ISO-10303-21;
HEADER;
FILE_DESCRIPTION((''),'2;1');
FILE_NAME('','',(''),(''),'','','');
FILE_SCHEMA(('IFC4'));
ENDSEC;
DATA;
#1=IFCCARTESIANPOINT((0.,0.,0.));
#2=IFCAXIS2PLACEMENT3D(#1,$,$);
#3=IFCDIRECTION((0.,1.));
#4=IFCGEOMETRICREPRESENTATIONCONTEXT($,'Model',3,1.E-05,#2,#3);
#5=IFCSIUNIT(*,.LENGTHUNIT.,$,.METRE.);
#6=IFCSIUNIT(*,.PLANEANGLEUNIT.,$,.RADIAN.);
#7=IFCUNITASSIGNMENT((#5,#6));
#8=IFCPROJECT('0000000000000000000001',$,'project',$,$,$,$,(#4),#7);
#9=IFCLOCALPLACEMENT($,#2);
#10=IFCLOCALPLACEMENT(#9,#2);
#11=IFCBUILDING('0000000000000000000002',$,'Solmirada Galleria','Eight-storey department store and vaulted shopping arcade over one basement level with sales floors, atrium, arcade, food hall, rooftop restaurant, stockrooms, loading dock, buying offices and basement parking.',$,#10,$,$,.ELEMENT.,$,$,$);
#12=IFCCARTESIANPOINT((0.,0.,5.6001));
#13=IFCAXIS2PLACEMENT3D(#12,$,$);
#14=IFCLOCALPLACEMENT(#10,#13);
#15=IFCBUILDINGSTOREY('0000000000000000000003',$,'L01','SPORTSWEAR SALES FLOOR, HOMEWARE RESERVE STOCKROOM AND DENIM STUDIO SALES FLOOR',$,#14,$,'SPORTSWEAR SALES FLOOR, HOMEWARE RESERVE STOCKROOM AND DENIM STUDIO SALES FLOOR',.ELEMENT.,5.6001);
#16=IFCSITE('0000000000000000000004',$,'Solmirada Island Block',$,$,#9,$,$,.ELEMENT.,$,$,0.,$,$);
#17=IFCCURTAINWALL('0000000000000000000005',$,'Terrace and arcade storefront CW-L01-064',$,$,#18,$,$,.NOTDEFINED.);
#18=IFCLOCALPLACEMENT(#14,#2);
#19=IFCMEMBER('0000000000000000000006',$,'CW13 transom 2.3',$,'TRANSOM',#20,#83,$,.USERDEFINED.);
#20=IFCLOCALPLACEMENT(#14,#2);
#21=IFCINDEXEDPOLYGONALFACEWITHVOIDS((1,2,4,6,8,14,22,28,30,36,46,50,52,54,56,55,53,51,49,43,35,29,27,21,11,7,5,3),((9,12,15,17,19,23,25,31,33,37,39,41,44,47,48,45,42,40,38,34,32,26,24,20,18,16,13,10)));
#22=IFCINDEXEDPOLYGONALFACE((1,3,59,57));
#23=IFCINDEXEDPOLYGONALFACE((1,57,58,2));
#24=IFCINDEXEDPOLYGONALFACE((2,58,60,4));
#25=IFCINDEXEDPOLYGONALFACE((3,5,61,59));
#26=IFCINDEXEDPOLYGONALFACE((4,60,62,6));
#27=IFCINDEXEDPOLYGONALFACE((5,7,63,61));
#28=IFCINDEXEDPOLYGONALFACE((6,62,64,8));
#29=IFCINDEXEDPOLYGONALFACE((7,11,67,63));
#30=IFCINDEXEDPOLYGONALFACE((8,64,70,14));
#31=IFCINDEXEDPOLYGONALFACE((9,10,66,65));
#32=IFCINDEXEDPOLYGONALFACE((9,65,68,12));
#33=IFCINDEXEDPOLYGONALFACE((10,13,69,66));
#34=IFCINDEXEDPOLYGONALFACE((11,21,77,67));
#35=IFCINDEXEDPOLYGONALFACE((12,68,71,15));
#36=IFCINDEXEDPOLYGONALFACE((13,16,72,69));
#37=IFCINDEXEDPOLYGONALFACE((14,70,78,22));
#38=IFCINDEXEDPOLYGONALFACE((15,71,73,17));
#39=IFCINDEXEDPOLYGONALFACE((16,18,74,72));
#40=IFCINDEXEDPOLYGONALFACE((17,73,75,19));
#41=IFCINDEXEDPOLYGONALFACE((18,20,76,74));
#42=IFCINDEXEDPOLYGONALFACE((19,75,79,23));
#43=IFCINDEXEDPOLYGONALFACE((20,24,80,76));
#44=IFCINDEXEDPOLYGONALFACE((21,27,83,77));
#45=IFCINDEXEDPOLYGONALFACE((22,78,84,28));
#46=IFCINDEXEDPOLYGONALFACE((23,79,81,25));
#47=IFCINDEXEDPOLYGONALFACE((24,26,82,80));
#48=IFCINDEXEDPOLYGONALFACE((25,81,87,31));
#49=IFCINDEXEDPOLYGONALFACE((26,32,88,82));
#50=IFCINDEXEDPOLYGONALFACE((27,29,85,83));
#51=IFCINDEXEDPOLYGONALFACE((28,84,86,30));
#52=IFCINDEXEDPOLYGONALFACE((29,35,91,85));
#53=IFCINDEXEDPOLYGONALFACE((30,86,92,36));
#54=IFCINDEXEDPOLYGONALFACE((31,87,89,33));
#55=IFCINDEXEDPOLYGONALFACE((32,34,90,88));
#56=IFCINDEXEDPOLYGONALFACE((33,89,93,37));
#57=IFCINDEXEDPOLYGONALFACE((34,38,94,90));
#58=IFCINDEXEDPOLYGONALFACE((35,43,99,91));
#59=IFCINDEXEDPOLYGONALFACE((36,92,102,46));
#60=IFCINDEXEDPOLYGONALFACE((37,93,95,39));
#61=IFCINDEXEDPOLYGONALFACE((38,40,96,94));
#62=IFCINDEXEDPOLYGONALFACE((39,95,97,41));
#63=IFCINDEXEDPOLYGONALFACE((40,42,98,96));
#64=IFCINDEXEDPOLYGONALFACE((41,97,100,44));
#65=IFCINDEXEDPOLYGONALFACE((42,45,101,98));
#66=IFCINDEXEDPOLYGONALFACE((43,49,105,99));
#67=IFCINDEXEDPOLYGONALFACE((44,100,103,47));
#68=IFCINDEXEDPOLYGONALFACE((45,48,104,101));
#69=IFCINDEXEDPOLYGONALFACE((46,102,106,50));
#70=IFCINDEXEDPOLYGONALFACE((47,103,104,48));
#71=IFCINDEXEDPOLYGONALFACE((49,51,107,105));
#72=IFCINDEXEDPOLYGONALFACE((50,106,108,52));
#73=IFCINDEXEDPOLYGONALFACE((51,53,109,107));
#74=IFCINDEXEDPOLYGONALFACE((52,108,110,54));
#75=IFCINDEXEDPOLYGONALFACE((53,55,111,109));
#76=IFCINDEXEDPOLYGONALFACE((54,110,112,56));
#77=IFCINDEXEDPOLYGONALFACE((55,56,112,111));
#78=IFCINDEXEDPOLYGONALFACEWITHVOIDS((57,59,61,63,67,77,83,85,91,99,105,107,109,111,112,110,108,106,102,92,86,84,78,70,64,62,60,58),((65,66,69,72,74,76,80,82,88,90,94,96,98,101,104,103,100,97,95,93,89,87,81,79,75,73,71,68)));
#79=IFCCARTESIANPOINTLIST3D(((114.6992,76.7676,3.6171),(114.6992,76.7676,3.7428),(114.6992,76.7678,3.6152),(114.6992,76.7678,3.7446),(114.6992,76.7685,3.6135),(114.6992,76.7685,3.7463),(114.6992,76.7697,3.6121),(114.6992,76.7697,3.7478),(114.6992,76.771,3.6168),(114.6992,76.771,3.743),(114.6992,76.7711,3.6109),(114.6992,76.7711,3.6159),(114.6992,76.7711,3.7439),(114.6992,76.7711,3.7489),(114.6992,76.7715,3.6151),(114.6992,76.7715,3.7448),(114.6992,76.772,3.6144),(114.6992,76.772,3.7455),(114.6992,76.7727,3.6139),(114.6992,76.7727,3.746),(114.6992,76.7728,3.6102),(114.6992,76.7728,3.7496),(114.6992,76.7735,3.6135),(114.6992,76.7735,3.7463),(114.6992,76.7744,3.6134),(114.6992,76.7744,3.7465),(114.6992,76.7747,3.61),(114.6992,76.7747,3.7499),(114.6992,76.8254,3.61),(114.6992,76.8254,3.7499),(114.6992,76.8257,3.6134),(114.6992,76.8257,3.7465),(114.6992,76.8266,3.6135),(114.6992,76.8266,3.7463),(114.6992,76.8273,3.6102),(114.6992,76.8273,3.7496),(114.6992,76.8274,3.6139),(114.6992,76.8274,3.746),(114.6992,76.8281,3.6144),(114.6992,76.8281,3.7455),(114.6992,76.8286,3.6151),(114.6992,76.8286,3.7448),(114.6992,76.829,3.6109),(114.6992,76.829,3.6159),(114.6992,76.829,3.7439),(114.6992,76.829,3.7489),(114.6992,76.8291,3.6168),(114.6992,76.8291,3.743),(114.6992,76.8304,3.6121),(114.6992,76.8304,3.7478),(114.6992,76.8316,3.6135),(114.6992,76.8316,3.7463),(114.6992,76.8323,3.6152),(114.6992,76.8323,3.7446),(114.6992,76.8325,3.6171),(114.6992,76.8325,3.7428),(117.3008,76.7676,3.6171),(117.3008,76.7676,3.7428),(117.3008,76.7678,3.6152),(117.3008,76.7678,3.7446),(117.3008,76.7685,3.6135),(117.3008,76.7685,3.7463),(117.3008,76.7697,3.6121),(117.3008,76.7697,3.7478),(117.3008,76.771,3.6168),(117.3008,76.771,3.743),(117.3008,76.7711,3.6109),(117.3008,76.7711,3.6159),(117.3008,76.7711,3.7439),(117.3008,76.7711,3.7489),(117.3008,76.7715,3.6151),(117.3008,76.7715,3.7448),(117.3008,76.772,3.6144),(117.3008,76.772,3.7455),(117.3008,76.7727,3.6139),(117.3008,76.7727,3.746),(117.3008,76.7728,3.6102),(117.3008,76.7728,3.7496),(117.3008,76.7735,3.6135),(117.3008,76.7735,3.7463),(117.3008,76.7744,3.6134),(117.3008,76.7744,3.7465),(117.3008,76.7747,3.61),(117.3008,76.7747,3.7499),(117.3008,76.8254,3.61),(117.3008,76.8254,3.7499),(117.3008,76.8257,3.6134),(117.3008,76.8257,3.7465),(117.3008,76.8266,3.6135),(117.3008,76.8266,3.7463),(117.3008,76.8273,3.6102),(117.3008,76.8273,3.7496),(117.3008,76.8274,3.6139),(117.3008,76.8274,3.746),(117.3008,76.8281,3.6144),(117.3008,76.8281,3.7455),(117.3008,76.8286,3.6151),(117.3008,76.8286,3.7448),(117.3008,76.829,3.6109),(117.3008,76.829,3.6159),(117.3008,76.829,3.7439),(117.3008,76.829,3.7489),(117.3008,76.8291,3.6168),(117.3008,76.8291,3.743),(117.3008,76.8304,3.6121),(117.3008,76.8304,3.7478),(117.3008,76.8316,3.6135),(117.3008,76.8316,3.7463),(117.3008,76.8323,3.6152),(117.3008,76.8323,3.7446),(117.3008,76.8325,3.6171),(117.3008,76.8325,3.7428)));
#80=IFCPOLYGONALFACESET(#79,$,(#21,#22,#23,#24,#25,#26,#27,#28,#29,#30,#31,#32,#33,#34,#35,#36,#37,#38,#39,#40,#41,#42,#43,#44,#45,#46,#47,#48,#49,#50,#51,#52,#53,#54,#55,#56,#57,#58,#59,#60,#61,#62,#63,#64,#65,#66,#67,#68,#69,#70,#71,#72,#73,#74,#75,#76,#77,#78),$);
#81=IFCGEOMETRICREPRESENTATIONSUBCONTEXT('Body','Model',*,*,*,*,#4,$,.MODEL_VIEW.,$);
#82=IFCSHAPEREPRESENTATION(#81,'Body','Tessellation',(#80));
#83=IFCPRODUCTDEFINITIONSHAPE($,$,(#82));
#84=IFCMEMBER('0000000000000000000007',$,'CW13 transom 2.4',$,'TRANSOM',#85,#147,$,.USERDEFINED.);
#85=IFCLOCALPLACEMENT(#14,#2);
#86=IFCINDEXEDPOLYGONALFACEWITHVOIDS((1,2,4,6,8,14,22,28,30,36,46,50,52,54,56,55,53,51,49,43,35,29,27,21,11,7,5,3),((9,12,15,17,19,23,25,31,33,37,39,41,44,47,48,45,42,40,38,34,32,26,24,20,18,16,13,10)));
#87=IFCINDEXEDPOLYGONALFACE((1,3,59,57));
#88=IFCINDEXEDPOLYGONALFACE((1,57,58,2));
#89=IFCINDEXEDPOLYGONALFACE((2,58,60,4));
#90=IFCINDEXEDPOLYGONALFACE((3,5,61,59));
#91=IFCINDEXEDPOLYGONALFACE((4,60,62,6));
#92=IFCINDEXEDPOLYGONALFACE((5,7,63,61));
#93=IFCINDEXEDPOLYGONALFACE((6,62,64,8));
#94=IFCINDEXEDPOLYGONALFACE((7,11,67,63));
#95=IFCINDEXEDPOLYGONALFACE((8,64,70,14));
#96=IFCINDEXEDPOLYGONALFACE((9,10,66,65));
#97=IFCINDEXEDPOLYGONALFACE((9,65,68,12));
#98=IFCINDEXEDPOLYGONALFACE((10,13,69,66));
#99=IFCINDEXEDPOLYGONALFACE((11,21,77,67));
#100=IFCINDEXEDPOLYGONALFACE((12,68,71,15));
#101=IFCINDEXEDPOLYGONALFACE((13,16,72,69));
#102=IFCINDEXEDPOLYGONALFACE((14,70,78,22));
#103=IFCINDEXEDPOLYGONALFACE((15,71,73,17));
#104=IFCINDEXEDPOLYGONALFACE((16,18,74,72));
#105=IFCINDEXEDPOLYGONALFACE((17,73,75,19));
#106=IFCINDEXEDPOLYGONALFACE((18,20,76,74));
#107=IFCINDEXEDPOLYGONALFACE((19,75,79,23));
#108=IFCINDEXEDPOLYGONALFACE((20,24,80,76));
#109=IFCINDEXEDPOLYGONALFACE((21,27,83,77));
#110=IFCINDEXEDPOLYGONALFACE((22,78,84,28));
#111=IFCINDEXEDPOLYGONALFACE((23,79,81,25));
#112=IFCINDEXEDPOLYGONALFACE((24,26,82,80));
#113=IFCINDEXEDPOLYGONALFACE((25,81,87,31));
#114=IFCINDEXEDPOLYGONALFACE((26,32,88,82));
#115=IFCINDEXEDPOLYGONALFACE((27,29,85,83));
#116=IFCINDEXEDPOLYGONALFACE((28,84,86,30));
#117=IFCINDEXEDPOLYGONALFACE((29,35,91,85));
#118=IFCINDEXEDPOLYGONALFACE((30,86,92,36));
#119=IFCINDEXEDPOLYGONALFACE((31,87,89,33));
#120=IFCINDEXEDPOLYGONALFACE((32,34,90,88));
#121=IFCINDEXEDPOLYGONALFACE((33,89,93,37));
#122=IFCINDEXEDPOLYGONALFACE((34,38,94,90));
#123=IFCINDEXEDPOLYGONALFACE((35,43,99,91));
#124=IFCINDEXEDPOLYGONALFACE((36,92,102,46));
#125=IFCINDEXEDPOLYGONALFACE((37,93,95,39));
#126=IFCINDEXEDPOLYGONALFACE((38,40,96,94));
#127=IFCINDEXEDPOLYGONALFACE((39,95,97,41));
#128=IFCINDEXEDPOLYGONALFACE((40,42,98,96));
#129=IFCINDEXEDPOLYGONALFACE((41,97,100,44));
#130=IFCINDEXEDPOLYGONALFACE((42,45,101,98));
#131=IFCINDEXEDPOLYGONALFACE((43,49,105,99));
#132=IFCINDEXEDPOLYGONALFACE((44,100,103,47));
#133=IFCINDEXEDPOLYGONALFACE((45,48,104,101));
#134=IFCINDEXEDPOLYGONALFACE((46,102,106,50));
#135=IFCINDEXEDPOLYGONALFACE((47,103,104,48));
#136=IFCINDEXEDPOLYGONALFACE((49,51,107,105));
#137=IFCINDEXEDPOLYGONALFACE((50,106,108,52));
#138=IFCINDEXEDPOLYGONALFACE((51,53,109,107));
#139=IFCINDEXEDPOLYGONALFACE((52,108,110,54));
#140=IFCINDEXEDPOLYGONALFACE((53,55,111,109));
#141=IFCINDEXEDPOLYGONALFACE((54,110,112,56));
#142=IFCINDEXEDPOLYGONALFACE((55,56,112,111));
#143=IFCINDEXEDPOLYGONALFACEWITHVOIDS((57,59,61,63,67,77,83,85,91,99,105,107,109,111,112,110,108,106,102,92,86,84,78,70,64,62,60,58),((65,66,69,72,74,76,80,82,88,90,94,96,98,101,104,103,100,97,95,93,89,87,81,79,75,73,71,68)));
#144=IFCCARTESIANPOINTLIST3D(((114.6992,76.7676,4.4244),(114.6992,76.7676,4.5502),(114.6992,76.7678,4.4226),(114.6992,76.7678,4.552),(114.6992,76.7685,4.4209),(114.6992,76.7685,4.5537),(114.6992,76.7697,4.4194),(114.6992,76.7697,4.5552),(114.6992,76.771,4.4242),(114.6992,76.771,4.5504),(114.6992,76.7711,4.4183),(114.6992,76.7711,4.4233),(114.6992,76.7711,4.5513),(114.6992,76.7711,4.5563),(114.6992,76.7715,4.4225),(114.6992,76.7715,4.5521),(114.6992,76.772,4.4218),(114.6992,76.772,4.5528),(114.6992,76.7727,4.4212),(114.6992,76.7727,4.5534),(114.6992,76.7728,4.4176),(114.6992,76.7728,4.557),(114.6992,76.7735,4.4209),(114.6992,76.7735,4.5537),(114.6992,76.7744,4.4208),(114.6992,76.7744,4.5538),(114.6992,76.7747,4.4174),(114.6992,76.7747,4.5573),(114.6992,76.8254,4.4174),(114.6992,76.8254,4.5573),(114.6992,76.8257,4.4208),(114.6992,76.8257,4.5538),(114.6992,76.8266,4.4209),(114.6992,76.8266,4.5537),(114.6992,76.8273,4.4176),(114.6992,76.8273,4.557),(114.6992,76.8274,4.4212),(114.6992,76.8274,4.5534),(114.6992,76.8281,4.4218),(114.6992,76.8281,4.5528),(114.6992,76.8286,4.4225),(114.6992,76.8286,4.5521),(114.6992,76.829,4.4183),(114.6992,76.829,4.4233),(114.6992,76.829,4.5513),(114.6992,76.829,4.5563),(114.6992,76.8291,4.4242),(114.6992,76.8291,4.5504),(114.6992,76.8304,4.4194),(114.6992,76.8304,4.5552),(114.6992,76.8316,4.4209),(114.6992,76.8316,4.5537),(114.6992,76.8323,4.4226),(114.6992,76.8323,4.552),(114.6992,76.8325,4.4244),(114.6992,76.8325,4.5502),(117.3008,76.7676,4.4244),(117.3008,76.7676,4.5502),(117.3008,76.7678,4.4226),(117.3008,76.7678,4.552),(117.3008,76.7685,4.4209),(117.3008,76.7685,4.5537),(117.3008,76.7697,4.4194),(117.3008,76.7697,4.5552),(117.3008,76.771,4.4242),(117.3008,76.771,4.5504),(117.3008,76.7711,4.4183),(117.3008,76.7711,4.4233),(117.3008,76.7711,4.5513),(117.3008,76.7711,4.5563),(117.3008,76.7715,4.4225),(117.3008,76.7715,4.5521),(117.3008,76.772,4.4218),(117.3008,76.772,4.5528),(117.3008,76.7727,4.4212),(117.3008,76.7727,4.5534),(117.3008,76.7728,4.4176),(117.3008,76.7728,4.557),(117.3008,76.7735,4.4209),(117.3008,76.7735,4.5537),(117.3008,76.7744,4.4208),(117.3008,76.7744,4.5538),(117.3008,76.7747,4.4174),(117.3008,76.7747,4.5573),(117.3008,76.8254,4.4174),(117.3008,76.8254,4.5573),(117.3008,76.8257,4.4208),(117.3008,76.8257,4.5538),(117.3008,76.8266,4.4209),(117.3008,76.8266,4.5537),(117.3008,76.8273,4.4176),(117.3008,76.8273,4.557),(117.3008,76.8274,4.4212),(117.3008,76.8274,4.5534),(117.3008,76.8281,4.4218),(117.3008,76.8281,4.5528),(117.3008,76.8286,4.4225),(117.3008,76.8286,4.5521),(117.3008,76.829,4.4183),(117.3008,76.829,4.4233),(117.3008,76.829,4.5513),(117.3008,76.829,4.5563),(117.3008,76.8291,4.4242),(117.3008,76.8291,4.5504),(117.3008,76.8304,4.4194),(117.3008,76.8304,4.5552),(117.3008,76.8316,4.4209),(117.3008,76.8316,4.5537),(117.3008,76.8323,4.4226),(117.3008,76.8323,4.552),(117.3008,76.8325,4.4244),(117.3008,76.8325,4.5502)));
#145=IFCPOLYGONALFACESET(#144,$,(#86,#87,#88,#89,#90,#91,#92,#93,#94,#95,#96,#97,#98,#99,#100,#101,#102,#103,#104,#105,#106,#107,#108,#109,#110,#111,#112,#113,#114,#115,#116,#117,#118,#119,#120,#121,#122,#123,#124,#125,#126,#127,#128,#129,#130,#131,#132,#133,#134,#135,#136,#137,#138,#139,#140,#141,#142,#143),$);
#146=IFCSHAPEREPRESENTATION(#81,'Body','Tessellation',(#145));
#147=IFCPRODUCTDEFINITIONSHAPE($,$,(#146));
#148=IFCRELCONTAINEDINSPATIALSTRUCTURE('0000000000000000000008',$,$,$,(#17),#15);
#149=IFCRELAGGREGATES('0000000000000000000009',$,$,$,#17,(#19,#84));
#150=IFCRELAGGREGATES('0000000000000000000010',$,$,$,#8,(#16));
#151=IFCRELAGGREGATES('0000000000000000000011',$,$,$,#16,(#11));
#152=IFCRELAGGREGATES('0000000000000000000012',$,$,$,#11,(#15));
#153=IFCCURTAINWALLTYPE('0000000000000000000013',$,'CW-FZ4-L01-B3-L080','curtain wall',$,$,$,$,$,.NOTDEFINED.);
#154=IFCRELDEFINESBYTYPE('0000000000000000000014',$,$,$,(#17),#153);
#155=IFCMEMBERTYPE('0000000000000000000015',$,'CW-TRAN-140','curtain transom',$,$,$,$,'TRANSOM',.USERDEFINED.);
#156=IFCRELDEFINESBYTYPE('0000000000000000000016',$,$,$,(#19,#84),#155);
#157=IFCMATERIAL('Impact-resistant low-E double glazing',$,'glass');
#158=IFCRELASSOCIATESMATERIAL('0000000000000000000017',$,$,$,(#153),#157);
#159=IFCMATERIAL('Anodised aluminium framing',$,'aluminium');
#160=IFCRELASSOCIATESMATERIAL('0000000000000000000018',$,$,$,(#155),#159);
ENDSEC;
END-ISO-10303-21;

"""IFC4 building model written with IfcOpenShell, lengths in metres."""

from ifc_helpers import new_model, si_unit, direction, frame, origin, origin_2d, place, context, subcontext, project, spatial, hollow_rectangle, extrude, material, material_profile, profile_set, type_object, element, aggregate, save


model = new_model("IFC4")

# Units and contexts
model_context = context("Model", 3, precision=1e-05, world=origin(), true_north=direction((0.0, 1.0)))
body_context = subcontext(model_context, "Body", "Model", "MODEL_VIEW")
ifc_project = project(units=[si_unit("LENGTHUNIT", "METRE"), si_unit("PLANEANGLEUNIT", "RADIAN")], contexts=[model_context])

# Site, building, storey
site_placement = place(None, origin())
site = spatial("IfcSite", under=ifc_project, at=site_placement, Name="Solmirada Island Block", CompositionType="ELEMENT", RefElevation=0.0)
building_placement = place(site_placement, origin())
building = spatial("IfcBuilding", under=site, at=building_placement, Name="Solmirada Galleria", Description="Eight-storey department store and vaulted shopping arcade over one basement level with sales floors, atrium, arcade, food hall, rooftop restaurant, stockrooms, loading dock, buying offices and basement parking.", CompositionType="ELEMENT")
storey_placement = place(building_placement, frame((0.0, 0.0, 5.6001)))
storey = spatial("IfcBuildingStorey", under=building, at=storey_placement, Name="L01", Description="SPORTSWEAR SALES FLOOR, HOMEWARE RESERVE STOCKROOM AND DENIM STUDIO SALES FLOOR", LongName="SPORTSWEAR SALES FLOOR, HOMEWARE RESERVE STOCKROOM AND DENIM STUDIO SALES FLOOR", CompositionType="ELEMENT", Elevation=5.6001)

# Curtain wall
ifc_material_1 = material(Name="Impact-resistant low-E double glazing", Category="glass")
curtain_wall_type_1 = type_object("IfcCurtainWallType", Name="CW-FZ4-L01-B3-L080", Description="curtain wall", PredefinedType="NOTDEFINED", material=ifc_material_1)
curtain_wall_1_placement = place(storey_placement, origin())
curtain_wall_1 = element("IfcCurtainWall", 1, at=curtain_wall_1_placement, inside=storey, type_object=curtain_wall_type_1, Name="Terrace and arcade storefront CW-L01-064", PredefinedType="NOTDEFINED")
ifc_material_2 = material(Name="Anodised aluminium framing", Category="aluminium")
ifc_material_profile_1 = material_profile(ifc_material_2, hollow_rectangle(XDim=0.0649, YDim=0.1399, WallThickness=0.0034, InnerFilletRadius=0.0034, OuterFilletRadius=0.0071, at=origin_2d()), Name="ALU-TRAN-140X65")
ifc_profile_set_1 = profile_set([ifc_material_profile_1], Name="Anodised aluminium framing")
member_type_1 = type_object("IfcMemberType", Name="CW-TRAN-140", Description="curtain transom", ElementType="TRANSOM", PredefinedType="USERDEFINED", material=ifc_profile_set_1)

# Members
member_1_placement = place(storey_placement, frame((117.3008, 76.8, 3.6799), z_axis=(-1.0, 0.0, 0.0), x_axis=(0.0, -1.0, 0.0)))
member_1 = element("IfcMember", 2, at=member_1_placement, type_object=member_type_1, Name="CW13 transom 2.3", ObjectType="TRANSOM", PredefinedType="USERDEFINED", context=body_context, shape_type="SweptSolid", body=[
    extrude(hollow_rectangle(XDim=0.0649, YDim=0.1399, WallThickness=0.0034, InnerFilletRadius=0.0034, OuterFilletRadius=0.0071, at=origin_2d()), origin(), (0.0, 0.0, 1.0), 2.6016),
])
member_2_placement = place(storey_placement, frame((117.3008, 76.8, 4.4873), z_axis=(-1.0, 0.0, 0.0), x_axis=(0.0, -1.0, 0.0)))
member_2 = element("IfcMember", 3, at=member_2_placement, type_object=member_type_1, Name="CW13 transom 2.4", ObjectType="TRANSOM", PredefinedType="USERDEFINED", context=body_context, shape_type="SweptSolid", body=[
    extrude(hollow_rectangle(XDim=0.0649, YDim=0.1399, WallThickness=0.0034, InnerFilletRadius=0.0034, OuterFilletRadius=0.0071, at=origin_2d()), origin(), (0.0, 0.0, 1.0), 2.6016),
])

aggregate(curtain_wall_1, [member_1, member_2])

save(model, "model.ifc")
